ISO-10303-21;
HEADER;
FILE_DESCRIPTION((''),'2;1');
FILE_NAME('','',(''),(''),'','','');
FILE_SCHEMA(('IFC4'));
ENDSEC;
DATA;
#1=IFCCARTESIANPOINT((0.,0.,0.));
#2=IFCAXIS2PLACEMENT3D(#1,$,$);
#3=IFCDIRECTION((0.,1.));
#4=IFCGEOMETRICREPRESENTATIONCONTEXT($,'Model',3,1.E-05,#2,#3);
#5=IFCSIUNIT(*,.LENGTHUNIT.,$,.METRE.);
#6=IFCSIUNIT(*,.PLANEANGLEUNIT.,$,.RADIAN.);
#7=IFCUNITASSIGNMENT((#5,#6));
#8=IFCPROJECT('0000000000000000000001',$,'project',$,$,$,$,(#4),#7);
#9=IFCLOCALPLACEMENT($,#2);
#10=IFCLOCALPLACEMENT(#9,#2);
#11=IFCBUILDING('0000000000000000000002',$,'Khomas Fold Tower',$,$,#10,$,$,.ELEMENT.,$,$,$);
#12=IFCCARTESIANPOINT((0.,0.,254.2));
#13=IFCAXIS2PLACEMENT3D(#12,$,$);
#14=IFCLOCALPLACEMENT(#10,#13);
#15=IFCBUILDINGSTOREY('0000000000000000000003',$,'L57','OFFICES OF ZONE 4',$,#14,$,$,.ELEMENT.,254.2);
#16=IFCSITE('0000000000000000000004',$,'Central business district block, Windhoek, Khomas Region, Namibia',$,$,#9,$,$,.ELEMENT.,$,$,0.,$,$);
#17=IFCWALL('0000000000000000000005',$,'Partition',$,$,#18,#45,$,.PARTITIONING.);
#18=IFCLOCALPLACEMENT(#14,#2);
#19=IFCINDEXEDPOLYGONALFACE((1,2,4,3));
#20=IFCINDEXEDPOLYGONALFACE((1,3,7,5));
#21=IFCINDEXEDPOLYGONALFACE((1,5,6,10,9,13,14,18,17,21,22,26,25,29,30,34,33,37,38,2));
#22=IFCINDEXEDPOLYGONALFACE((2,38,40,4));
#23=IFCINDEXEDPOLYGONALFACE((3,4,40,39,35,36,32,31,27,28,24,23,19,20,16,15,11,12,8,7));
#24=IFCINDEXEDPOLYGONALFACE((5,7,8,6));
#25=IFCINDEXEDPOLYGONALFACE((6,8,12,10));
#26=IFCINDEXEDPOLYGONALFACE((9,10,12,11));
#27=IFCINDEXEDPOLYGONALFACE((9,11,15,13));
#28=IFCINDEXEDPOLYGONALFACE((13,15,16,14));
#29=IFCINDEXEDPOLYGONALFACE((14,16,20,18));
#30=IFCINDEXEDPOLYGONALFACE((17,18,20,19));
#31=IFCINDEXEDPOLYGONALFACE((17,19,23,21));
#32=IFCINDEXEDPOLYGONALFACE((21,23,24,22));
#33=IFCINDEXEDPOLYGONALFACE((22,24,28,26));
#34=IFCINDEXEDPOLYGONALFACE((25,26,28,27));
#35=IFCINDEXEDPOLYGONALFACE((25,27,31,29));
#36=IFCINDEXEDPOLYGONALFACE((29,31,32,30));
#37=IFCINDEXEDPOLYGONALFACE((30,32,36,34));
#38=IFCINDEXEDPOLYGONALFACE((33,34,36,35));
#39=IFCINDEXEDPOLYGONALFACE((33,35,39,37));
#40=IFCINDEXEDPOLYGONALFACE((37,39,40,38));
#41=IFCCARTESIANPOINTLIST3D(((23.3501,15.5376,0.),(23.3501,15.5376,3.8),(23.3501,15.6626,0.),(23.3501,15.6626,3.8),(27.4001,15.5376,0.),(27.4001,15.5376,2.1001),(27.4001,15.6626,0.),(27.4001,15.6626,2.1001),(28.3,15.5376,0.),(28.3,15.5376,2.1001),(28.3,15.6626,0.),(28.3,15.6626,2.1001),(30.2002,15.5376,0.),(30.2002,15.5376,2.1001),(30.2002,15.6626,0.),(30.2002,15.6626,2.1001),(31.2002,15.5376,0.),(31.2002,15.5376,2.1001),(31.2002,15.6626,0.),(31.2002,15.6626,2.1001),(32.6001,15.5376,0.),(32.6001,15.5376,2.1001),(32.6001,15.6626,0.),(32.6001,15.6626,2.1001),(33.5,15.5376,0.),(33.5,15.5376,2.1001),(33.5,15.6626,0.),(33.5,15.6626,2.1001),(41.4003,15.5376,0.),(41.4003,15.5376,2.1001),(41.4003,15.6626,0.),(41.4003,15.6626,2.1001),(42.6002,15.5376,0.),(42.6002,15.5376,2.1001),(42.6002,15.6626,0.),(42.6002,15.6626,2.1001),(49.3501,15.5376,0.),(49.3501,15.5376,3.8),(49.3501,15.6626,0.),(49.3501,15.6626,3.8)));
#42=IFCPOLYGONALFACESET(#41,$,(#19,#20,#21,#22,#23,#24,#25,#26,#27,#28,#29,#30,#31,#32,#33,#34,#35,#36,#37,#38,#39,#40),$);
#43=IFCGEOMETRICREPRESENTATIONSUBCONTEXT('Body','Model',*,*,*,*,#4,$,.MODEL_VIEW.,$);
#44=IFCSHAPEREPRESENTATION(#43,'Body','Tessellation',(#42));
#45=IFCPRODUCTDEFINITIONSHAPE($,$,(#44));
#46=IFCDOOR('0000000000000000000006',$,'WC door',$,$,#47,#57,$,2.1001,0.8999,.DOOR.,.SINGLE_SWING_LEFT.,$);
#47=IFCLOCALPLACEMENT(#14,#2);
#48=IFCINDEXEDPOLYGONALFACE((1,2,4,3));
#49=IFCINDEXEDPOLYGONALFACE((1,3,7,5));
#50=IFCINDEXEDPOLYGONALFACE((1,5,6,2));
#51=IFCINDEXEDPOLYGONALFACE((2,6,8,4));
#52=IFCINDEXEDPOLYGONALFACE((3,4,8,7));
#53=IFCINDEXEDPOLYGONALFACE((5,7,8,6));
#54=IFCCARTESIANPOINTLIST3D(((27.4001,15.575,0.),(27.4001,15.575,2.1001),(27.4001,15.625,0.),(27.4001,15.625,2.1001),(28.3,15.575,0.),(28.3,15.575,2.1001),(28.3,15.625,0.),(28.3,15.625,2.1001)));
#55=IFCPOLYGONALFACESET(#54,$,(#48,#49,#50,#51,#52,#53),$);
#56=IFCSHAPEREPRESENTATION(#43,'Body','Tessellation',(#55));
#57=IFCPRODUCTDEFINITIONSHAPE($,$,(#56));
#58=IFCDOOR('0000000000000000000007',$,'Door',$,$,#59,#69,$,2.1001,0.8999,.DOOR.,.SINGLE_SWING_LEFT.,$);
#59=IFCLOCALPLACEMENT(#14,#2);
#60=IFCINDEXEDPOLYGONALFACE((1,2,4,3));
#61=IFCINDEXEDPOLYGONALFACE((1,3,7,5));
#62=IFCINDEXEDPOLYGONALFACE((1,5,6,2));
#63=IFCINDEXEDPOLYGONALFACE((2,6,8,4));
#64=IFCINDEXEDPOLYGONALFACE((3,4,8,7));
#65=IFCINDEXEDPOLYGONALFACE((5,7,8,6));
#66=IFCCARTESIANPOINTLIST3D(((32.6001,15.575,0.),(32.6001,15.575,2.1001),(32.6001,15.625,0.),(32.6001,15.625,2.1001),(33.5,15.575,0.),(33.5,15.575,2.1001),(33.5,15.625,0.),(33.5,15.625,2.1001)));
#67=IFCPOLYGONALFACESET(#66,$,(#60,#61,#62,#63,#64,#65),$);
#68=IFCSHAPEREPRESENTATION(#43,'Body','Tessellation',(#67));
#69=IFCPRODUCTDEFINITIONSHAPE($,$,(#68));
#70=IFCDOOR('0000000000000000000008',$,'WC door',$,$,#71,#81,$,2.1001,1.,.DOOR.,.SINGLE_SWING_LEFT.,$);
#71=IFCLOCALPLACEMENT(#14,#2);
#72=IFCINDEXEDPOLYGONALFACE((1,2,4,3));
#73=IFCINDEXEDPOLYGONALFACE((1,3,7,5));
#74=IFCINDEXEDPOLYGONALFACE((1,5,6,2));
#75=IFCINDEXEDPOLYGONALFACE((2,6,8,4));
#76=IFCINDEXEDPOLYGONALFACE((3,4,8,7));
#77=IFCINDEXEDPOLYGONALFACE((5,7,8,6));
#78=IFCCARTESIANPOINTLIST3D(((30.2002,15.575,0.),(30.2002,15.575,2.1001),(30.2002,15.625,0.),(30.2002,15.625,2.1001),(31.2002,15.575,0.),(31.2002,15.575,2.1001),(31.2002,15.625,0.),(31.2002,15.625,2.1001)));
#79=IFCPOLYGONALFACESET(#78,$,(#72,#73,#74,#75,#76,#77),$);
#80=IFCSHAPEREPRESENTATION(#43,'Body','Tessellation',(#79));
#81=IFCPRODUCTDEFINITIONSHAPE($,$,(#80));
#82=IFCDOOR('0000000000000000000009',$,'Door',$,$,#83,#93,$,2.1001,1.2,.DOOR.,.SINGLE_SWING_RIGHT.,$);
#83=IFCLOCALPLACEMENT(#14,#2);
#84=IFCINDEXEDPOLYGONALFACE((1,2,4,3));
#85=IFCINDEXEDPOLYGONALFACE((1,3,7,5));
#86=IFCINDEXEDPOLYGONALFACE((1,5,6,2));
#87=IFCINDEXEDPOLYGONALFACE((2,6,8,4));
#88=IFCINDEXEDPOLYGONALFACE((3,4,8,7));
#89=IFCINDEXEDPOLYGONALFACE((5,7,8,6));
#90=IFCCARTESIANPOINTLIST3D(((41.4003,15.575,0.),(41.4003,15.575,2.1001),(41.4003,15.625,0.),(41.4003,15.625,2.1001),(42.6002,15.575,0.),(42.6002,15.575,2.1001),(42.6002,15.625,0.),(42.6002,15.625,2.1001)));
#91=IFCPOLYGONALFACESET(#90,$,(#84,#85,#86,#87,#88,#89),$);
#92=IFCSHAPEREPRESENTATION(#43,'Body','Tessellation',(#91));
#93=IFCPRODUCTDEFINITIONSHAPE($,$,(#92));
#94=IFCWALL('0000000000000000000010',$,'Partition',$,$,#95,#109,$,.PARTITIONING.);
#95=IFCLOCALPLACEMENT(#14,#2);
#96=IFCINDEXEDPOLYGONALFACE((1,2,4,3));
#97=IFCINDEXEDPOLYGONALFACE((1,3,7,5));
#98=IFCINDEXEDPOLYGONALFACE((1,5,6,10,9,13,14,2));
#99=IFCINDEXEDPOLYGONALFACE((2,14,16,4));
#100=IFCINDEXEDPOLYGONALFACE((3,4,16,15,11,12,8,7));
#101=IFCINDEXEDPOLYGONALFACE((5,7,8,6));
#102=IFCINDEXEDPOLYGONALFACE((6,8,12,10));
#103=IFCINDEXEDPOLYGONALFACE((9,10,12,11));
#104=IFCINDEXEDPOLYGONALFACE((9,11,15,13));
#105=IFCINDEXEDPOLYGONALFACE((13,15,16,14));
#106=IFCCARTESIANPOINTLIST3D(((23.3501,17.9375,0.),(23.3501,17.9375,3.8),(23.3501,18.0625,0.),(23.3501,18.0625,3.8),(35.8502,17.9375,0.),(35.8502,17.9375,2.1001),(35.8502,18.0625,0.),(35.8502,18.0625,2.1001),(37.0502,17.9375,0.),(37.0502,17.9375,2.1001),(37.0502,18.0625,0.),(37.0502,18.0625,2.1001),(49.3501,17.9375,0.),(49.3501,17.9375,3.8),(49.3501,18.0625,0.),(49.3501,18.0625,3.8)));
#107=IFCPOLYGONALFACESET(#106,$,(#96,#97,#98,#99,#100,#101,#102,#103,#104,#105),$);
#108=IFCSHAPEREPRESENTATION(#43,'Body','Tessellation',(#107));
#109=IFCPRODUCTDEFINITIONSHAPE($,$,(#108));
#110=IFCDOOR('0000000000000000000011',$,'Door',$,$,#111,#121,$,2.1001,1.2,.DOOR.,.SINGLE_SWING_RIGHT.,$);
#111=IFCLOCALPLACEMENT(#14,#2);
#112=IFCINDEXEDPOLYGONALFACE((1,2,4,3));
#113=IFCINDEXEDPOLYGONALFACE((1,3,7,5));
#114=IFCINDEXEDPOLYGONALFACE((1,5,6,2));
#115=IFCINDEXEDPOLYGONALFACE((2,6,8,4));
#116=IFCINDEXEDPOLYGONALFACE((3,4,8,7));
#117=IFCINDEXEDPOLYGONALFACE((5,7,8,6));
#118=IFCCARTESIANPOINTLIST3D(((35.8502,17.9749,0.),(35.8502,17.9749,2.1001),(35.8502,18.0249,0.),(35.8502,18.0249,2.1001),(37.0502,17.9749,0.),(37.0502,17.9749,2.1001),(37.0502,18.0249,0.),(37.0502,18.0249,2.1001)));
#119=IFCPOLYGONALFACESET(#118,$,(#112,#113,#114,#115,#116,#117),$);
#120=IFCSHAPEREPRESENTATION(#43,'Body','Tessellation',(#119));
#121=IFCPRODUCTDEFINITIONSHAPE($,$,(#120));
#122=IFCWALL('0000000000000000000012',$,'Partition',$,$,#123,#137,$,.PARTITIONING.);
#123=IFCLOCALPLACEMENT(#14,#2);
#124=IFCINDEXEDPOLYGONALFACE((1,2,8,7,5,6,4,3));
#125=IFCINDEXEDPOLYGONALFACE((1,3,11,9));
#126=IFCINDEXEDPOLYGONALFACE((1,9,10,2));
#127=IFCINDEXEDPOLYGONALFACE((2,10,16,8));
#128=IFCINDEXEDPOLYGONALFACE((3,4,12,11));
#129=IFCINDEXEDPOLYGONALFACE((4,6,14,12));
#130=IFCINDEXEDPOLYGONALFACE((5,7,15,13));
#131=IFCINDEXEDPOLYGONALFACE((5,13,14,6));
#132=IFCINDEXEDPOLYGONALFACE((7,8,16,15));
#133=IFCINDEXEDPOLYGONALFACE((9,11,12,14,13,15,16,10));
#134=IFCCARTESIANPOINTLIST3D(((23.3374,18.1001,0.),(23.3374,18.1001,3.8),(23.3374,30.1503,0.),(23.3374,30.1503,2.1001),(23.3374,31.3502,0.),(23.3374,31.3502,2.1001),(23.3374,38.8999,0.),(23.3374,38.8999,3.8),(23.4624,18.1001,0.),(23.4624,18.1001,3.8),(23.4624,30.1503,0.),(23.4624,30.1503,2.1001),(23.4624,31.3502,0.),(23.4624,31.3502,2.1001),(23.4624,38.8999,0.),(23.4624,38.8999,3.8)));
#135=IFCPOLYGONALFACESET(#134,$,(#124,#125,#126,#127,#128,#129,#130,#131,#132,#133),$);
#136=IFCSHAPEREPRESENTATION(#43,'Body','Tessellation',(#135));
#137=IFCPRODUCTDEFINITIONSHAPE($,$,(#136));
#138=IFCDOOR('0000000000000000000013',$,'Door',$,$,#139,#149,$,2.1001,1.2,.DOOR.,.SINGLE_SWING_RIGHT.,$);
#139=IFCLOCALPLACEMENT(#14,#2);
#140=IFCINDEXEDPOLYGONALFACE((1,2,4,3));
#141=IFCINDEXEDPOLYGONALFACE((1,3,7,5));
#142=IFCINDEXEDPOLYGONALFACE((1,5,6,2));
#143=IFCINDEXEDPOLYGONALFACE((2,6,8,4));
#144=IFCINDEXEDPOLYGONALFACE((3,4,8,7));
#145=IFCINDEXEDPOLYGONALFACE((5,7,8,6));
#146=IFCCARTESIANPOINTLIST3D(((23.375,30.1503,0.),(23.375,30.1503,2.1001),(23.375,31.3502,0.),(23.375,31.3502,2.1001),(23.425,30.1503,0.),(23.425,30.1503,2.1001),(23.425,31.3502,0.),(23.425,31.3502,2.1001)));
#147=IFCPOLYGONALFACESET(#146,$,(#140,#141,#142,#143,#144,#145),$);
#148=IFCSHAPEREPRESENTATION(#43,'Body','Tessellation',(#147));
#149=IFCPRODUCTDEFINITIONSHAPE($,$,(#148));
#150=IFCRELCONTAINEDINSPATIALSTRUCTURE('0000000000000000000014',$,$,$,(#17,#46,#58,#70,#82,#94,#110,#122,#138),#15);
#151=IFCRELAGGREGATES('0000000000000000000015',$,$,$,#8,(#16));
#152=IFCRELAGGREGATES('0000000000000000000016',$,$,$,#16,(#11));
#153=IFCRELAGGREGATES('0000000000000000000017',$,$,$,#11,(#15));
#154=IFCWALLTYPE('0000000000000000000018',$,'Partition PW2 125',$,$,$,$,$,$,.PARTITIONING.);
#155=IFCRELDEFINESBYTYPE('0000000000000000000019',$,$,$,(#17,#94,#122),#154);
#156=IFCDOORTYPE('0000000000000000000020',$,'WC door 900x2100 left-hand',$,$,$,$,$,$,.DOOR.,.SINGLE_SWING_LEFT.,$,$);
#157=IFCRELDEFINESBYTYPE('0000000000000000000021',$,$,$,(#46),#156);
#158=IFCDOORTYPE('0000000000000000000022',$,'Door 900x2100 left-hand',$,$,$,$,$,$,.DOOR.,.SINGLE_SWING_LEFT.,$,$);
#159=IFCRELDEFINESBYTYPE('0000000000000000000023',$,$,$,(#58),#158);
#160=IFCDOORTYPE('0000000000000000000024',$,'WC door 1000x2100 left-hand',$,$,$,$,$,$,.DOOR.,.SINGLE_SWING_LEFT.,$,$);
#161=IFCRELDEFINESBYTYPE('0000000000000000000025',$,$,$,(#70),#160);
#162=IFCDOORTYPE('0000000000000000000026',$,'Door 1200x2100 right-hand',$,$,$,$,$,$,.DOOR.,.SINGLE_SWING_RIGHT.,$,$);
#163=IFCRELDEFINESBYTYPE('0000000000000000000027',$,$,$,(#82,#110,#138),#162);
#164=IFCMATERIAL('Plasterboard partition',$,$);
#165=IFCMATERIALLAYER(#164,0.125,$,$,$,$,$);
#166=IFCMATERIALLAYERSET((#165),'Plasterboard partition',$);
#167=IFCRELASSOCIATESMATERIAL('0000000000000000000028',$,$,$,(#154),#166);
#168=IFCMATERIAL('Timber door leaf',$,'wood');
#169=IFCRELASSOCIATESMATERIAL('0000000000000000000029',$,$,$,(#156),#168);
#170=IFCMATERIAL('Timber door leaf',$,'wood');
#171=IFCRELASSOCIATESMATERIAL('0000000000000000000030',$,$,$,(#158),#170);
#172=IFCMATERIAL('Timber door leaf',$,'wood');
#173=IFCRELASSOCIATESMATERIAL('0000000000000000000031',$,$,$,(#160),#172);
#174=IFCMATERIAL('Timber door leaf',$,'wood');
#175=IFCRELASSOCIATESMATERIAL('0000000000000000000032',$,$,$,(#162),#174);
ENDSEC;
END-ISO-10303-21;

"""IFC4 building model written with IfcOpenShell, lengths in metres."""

from ifc_helpers import new_model, si_unit, direction, frame, frame_2d, origin, place, context, subcontext, project, spatial, rectangle, extrude, source, transform, mapped, material, layer, layer_set, type_object, element, fill, save


model = new_model("IFC4")

# Units and contexts
model_context = context("Model", 3, precision=1e-05, world=origin(), true_north=direction((0.0, 1.0)))
body_context = subcontext(model_context, "Body", "Model", "MODEL_VIEW")
ifc_project = project(units=[si_unit("LENGTHUNIT", "METRE"), si_unit("PLANEANGLEUNIT", "RADIAN")], contexts=[model_context])

# Site, building, storey
site_placement = place(None, origin())
site = spatial("IfcSite", under=ifc_project, at=site_placement, Name="Central business district block, Windhoek, Khomas Region, Namibia", CompositionType="ELEMENT", RefElevation=0.0)
building_placement = place(site_placement, origin())
building = spatial("IfcBuilding", under=site, at=building_placement, Name="Khomas Fold Tower", CompositionType="ELEMENT")
storey_placement = place(building_placement, frame((0.0, 0.0, 254.2)))
storey = spatial("IfcBuildingStorey", under=building, at=storey_placement, Name="L57", Description="OFFICES OF ZONE 4", CompositionType="ELEMENT", Elevation=254.2)

# Wall, openings, doors
ifc_material_1 = material(Name="Plasterboard partition")
ifc_layer_1 = layer(ifc_material_1, 0.125)
ifc_layer_set_1 = layer_set([ifc_layer_1], Name="Plasterboard partition")
wall_type_1 = type_object("IfcWallType", Name="Partition PW2 125", PredefinedType="PARTITIONING", material=ifc_layer_set_1)
shared_shape_1 = source(origin(), body_context, "Body", "SweptSolid", [
    extrude(rectangle(XDim=26.0, YDim=0.125, at=frame_2d((13.0, 0.0))), origin(), (0.0, 0.0, 1.0), 3.8),
])
wall_1_placement = place(storey_placement, frame((23.3501, 15.6001, 0.0), z_axis=(0.0, 0.0, 1.0), x_axis=(1.0, 0.0, 0.0)))
wall_1 = element("IfcWall", 1, at=wall_1_placement, inside=storey, type_object=wall_type_1, Name="Partition", PredefinedType="PARTITIONING", context=body_context, shape_type="MappedRepresentation", body=[
    mapped(shared_shape_1, transform((0.0, 0.0, 0.0))),
])
shared_shape_2 = source(origin(), body_context, "Body", "SweptSolid", [
    extrude(rectangle(XDim=0.8999, YDim=2.1001, at=frame_2d((0.45, 1.05))), frame((0.0, 0.0725, 0.0), z_axis=(0.0, -1.0, 0.0), x_axis=(1.0, 0.0, 0.0)), (0.0, 0.0, 1.0), 0.145),
])
opening_1_placement = place(wall_1_placement, frame((4.05, 0.0, 0.0)))
opening_1 = element("IfcOpeningElement", 2, at=opening_1_placement, cuts=wall_1, PredefinedType="OPENING", context=body_context, shape_type="MappedRepresentation", body=[
    mapped(shared_shape_2, transform((0.0, 0.0, 0.0))),
])
shared_shape_3 = source(origin(), body_context, "Body", "SweptSolid", [
    extrude(rectangle(XDim=1.0, YDim=2.1001, at=frame_2d((0.5, 1.05))), frame((0.0, 0.0725, 0.0), z_axis=(0.0, -1.0, 0.0), x_axis=(1.0, 0.0, 0.0)), (0.0, 0.0, 1.0), 0.145),
])
opening_2_placement = place(wall_1_placement, frame((6.8501, 0.0, 0.0)))
opening_2 = element("IfcOpeningElement", 3, at=opening_2_placement, cuts=wall_1, PredefinedType="OPENING", context=body_context, shape_type="MappedRepresentation", body=[
    mapped(shared_shape_3, transform((0.0, 0.0, 0.0))),
])
opening_3_placement = place(wall_1_placement, frame((9.25, 0.0, 0.0)))
opening_3 = element("IfcOpeningElement", 4, at=opening_3_placement, cuts=wall_1, PredefinedType="OPENING", context=body_context, shape_type="MappedRepresentation", body=[
    mapped(shared_shape_2, transform((0.0, 0.0, 0.0))),
])
shared_shape_4 = source(origin(), body_context, "Body", "SweptSolid", [
    extrude(rectangle(XDim=1.2, YDim=2.1001, at=frame_2d((0.6001, 1.05))), frame((0.0, 0.0725, 0.0), z_axis=(0.0, -1.0, 0.0), x_axis=(1.0, 0.0, 0.0)), (0.0, 0.0, 1.0), 0.145),
])
opening_4_placement = place(wall_1_placement, frame((18.05, 0.0, 0.0)))
opening_4 = element("IfcOpeningElement", 5, at=opening_4_placement, cuts=wall_1, PredefinedType="OPENING", context=body_context, shape_type="MappedRepresentation", body=[
    mapped(shared_shape_4, transform((0.0, 0.0, 0.0))),
])
ifc_material_2 = material(Name="Timber door leaf", Category="wood")
door_type_1 = type_object("IfcDoorType", Name="WC door 900x2100 left-hand", OperationType="SINGLE_SWING_LEFT", PredefinedType="DOOR", material=ifc_material_2)
shared_shape_5 = source(origin(), body_context, "Body", "SweptSolid", [
    extrude(rectangle(XDim=0.8999, YDim=2.1001, at=frame_2d((0.45, 1.05))), frame((0.0, 0.0249, 0.0), z_axis=(0.0, -1.0, 0.0), x_axis=(1.0, 0.0, 0.0)), (0.0, 0.0, 1.0), 0.05),
])
door_1_placement = place(opening_1_placement, origin())
door_1 = element("IfcDoor", 6, at=door_1_placement, inside=storey, type_object=door_type_1, Name="WC door", OperationType="SINGLE_SWING_LEFT", OverallHeight=2.1001, OverallWidth=0.8999, PredefinedType="DOOR", context=body_context, shape_type="MappedRepresentation", body=[
    mapped(shared_shape_5, transform((0.0, 0.0, 0.0))),
])
fill(opening_1, door_1)
ifc_material_3 = material(Name="Timber door leaf", Category="wood")
door_type_2 = type_object("IfcDoorType", Name="Door 900x2100 left-hand", OperationType="SINGLE_SWING_LEFT", PredefinedType="DOOR", material=ifc_material_3)
door_2_placement = place(opening_3_placement, origin())
door_2 = element("IfcDoor", 7, at=door_2_placement, inside=storey, type_object=door_type_2, Name="Door", OperationType="SINGLE_SWING_LEFT", OverallHeight=2.1001, OverallWidth=0.8999, PredefinedType="DOOR", context=body_context, shape_type="MappedRepresentation", body=[
    mapped(shared_shape_5, transform((0.0, 0.0, 0.0))),
])
fill(opening_3, door_2)
ifc_material_4 = material(Name="Timber door leaf", Category="wood")
door_type_3 = type_object("IfcDoorType", Name="WC door 1000x2100 left-hand", OperationType="SINGLE_SWING_LEFT", PredefinedType="DOOR", material=ifc_material_4)
shared_shape_6 = source(origin(), body_context, "Body", "SweptSolid", [
    extrude(rectangle(XDim=1.0, YDim=2.1001, at=frame_2d((0.5, 1.05))), frame((0.0, 0.0249, 0.0), z_axis=(0.0, -1.0, 0.0), x_axis=(1.0, 0.0, 0.0)), (0.0, 0.0, 1.0), 0.05),
])
door_3_placement = place(opening_2_placement, origin())
door_3 = element("IfcDoor", 8, at=door_3_placement, inside=storey, type_object=door_type_3, Name="WC door", OperationType="SINGLE_SWING_LEFT", OverallHeight=2.1001, OverallWidth=1.0, PredefinedType="DOOR", context=body_context, shape_type="MappedRepresentation", body=[
    mapped(shared_shape_6, transform((0.0, 0.0, 0.0))),
])
fill(opening_2, door_3)
ifc_material_5 = material(Name="Timber door leaf", Category="wood")
door_type_4 = type_object("IfcDoorType", Name="Door 1200x2100 right-hand", OperationType="SINGLE_SWING_RIGHT", PredefinedType="DOOR", material=ifc_material_5)
shared_shape_7 = source(origin(), body_context, "Body", "SweptSolid", [
    extrude(rectangle(XDim=1.2, YDim=2.1001, at=frame_2d((0.6001, 1.05))), frame((0.0, 0.0249, 0.0), z_axis=(0.0, -1.0, 0.0), x_axis=(1.0, 0.0, 0.0)), (0.0, 0.0, 1.0), 0.05),
])
door_4_placement = place(opening_4_placement, origin())
door_4 = element("IfcDoor", 9, at=door_4_placement, inside=storey, type_object=door_type_4, Name="Door", OperationType="SINGLE_SWING_RIGHT", OverallHeight=2.1001, OverallWidth=1.2, PredefinedType="DOOR", context=body_context, shape_type="MappedRepresentation", body=[
    mapped(shared_shape_7, transform((0.0, 0.0, 0.0))),
])
fill(opening_4, door_4)

# Walls, openings, doors
wall_2_placement = place(storey_placement, frame((23.3501, 18.0, 0.0), z_axis=(0.0, 0.0, 1.0), x_axis=(1.0, 0.0, 0.0)))
wall_2 = element("IfcWall", 10, at=wall_2_placement, inside=storey, type_object=wall_type_1, Name="Partition", PredefinedType="PARTITIONING", context=body_context, shape_type="MappedRepresentation", body=[
    mapped(shared_shape_1, transform((0.0, 0.0, 0.0))),
])
opening_5_placement = place(wall_2_placement, frame((12.5, 0.0, 0.0)))
opening_5 = element("IfcOpeningElement", 11, at=opening_5_placement, cuts=wall_2, PredefinedType="OPENING", context=body_context, shape_type="MappedRepresentation", body=[
    mapped(shared_shape_4, transform((0.0, 0.0, 0.0))),
])
door_5_placement = place(opening_5_placement, origin())
door_5 = element("IfcDoor", 12, at=door_5_placement, inside=storey, type_object=door_type_4, Name="Door", OperationType="SINGLE_SWING_RIGHT", OverallHeight=2.1001, OverallWidth=1.2, PredefinedType="DOOR", context=body_context, shape_type="MappedRepresentation", body=[
    mapped(shared_shape_7, transform((0.0, 0.0, 0.0))),
])
fill(opening_5, door_5)
shared_shape_8 = source(origin(), body_context, "Body", "SweptSolid", [
    extrude(rectangle(XDim=20.7998, YDim=0.125, at=frame_2d((10.3999, 0.0))), origin(), (0.0, 0.0, 1.0), 3.8),
])
wall_3_placement = place(storey_placement, frame((23.3999, 18.1001, 0.0), z_axis=(0.0, 0.0, 1.0), x_axis=(0.0, 1.0, 0.0)))
wall_3 = element("IfcWall", 13, at=wall_3_placement, inside=storey, type_object=wall_type_1, Name="Partition", PredefinedType="PARTITIONING", context=body_context, shape_type="MappedRepresentation", body=[
    mapped(shared_shape_8, transform((0.0, 0.0, 0.0))),
])
opening_6_placement = place(wall_3_placement, frame((12.05, 0.0, 0.0)))
opening_6 = element("IfcOpeningElement", 14, at=opening_6_placement, cuts=wall_3, PredefinedType="OPENING", context=body_context, shape_type="MappedRepresentation", body=[
    mapped(shared_shape_4, transform((0.0, 0.0, 0.0))),
])
door_6_placement = place(opening_6_placement, origin())
door_6 = element("IfcDoor", 15, at=door_6_placement, inside=storey, type_object=door_type_4, Name="Door", OperationType="SINGLE_SWING_RIGHT", OverallHeight=2.1001, OverallWidth=1.2, PredefinedType="DOOR", context=body_context, shape_type="MappedRepresentation", body=[
    mapped(shared_shape_7, transform((0.0, 0.0, 0.0))),
])
fill(opening_6, door_6)

save(model, "model.ifc")
